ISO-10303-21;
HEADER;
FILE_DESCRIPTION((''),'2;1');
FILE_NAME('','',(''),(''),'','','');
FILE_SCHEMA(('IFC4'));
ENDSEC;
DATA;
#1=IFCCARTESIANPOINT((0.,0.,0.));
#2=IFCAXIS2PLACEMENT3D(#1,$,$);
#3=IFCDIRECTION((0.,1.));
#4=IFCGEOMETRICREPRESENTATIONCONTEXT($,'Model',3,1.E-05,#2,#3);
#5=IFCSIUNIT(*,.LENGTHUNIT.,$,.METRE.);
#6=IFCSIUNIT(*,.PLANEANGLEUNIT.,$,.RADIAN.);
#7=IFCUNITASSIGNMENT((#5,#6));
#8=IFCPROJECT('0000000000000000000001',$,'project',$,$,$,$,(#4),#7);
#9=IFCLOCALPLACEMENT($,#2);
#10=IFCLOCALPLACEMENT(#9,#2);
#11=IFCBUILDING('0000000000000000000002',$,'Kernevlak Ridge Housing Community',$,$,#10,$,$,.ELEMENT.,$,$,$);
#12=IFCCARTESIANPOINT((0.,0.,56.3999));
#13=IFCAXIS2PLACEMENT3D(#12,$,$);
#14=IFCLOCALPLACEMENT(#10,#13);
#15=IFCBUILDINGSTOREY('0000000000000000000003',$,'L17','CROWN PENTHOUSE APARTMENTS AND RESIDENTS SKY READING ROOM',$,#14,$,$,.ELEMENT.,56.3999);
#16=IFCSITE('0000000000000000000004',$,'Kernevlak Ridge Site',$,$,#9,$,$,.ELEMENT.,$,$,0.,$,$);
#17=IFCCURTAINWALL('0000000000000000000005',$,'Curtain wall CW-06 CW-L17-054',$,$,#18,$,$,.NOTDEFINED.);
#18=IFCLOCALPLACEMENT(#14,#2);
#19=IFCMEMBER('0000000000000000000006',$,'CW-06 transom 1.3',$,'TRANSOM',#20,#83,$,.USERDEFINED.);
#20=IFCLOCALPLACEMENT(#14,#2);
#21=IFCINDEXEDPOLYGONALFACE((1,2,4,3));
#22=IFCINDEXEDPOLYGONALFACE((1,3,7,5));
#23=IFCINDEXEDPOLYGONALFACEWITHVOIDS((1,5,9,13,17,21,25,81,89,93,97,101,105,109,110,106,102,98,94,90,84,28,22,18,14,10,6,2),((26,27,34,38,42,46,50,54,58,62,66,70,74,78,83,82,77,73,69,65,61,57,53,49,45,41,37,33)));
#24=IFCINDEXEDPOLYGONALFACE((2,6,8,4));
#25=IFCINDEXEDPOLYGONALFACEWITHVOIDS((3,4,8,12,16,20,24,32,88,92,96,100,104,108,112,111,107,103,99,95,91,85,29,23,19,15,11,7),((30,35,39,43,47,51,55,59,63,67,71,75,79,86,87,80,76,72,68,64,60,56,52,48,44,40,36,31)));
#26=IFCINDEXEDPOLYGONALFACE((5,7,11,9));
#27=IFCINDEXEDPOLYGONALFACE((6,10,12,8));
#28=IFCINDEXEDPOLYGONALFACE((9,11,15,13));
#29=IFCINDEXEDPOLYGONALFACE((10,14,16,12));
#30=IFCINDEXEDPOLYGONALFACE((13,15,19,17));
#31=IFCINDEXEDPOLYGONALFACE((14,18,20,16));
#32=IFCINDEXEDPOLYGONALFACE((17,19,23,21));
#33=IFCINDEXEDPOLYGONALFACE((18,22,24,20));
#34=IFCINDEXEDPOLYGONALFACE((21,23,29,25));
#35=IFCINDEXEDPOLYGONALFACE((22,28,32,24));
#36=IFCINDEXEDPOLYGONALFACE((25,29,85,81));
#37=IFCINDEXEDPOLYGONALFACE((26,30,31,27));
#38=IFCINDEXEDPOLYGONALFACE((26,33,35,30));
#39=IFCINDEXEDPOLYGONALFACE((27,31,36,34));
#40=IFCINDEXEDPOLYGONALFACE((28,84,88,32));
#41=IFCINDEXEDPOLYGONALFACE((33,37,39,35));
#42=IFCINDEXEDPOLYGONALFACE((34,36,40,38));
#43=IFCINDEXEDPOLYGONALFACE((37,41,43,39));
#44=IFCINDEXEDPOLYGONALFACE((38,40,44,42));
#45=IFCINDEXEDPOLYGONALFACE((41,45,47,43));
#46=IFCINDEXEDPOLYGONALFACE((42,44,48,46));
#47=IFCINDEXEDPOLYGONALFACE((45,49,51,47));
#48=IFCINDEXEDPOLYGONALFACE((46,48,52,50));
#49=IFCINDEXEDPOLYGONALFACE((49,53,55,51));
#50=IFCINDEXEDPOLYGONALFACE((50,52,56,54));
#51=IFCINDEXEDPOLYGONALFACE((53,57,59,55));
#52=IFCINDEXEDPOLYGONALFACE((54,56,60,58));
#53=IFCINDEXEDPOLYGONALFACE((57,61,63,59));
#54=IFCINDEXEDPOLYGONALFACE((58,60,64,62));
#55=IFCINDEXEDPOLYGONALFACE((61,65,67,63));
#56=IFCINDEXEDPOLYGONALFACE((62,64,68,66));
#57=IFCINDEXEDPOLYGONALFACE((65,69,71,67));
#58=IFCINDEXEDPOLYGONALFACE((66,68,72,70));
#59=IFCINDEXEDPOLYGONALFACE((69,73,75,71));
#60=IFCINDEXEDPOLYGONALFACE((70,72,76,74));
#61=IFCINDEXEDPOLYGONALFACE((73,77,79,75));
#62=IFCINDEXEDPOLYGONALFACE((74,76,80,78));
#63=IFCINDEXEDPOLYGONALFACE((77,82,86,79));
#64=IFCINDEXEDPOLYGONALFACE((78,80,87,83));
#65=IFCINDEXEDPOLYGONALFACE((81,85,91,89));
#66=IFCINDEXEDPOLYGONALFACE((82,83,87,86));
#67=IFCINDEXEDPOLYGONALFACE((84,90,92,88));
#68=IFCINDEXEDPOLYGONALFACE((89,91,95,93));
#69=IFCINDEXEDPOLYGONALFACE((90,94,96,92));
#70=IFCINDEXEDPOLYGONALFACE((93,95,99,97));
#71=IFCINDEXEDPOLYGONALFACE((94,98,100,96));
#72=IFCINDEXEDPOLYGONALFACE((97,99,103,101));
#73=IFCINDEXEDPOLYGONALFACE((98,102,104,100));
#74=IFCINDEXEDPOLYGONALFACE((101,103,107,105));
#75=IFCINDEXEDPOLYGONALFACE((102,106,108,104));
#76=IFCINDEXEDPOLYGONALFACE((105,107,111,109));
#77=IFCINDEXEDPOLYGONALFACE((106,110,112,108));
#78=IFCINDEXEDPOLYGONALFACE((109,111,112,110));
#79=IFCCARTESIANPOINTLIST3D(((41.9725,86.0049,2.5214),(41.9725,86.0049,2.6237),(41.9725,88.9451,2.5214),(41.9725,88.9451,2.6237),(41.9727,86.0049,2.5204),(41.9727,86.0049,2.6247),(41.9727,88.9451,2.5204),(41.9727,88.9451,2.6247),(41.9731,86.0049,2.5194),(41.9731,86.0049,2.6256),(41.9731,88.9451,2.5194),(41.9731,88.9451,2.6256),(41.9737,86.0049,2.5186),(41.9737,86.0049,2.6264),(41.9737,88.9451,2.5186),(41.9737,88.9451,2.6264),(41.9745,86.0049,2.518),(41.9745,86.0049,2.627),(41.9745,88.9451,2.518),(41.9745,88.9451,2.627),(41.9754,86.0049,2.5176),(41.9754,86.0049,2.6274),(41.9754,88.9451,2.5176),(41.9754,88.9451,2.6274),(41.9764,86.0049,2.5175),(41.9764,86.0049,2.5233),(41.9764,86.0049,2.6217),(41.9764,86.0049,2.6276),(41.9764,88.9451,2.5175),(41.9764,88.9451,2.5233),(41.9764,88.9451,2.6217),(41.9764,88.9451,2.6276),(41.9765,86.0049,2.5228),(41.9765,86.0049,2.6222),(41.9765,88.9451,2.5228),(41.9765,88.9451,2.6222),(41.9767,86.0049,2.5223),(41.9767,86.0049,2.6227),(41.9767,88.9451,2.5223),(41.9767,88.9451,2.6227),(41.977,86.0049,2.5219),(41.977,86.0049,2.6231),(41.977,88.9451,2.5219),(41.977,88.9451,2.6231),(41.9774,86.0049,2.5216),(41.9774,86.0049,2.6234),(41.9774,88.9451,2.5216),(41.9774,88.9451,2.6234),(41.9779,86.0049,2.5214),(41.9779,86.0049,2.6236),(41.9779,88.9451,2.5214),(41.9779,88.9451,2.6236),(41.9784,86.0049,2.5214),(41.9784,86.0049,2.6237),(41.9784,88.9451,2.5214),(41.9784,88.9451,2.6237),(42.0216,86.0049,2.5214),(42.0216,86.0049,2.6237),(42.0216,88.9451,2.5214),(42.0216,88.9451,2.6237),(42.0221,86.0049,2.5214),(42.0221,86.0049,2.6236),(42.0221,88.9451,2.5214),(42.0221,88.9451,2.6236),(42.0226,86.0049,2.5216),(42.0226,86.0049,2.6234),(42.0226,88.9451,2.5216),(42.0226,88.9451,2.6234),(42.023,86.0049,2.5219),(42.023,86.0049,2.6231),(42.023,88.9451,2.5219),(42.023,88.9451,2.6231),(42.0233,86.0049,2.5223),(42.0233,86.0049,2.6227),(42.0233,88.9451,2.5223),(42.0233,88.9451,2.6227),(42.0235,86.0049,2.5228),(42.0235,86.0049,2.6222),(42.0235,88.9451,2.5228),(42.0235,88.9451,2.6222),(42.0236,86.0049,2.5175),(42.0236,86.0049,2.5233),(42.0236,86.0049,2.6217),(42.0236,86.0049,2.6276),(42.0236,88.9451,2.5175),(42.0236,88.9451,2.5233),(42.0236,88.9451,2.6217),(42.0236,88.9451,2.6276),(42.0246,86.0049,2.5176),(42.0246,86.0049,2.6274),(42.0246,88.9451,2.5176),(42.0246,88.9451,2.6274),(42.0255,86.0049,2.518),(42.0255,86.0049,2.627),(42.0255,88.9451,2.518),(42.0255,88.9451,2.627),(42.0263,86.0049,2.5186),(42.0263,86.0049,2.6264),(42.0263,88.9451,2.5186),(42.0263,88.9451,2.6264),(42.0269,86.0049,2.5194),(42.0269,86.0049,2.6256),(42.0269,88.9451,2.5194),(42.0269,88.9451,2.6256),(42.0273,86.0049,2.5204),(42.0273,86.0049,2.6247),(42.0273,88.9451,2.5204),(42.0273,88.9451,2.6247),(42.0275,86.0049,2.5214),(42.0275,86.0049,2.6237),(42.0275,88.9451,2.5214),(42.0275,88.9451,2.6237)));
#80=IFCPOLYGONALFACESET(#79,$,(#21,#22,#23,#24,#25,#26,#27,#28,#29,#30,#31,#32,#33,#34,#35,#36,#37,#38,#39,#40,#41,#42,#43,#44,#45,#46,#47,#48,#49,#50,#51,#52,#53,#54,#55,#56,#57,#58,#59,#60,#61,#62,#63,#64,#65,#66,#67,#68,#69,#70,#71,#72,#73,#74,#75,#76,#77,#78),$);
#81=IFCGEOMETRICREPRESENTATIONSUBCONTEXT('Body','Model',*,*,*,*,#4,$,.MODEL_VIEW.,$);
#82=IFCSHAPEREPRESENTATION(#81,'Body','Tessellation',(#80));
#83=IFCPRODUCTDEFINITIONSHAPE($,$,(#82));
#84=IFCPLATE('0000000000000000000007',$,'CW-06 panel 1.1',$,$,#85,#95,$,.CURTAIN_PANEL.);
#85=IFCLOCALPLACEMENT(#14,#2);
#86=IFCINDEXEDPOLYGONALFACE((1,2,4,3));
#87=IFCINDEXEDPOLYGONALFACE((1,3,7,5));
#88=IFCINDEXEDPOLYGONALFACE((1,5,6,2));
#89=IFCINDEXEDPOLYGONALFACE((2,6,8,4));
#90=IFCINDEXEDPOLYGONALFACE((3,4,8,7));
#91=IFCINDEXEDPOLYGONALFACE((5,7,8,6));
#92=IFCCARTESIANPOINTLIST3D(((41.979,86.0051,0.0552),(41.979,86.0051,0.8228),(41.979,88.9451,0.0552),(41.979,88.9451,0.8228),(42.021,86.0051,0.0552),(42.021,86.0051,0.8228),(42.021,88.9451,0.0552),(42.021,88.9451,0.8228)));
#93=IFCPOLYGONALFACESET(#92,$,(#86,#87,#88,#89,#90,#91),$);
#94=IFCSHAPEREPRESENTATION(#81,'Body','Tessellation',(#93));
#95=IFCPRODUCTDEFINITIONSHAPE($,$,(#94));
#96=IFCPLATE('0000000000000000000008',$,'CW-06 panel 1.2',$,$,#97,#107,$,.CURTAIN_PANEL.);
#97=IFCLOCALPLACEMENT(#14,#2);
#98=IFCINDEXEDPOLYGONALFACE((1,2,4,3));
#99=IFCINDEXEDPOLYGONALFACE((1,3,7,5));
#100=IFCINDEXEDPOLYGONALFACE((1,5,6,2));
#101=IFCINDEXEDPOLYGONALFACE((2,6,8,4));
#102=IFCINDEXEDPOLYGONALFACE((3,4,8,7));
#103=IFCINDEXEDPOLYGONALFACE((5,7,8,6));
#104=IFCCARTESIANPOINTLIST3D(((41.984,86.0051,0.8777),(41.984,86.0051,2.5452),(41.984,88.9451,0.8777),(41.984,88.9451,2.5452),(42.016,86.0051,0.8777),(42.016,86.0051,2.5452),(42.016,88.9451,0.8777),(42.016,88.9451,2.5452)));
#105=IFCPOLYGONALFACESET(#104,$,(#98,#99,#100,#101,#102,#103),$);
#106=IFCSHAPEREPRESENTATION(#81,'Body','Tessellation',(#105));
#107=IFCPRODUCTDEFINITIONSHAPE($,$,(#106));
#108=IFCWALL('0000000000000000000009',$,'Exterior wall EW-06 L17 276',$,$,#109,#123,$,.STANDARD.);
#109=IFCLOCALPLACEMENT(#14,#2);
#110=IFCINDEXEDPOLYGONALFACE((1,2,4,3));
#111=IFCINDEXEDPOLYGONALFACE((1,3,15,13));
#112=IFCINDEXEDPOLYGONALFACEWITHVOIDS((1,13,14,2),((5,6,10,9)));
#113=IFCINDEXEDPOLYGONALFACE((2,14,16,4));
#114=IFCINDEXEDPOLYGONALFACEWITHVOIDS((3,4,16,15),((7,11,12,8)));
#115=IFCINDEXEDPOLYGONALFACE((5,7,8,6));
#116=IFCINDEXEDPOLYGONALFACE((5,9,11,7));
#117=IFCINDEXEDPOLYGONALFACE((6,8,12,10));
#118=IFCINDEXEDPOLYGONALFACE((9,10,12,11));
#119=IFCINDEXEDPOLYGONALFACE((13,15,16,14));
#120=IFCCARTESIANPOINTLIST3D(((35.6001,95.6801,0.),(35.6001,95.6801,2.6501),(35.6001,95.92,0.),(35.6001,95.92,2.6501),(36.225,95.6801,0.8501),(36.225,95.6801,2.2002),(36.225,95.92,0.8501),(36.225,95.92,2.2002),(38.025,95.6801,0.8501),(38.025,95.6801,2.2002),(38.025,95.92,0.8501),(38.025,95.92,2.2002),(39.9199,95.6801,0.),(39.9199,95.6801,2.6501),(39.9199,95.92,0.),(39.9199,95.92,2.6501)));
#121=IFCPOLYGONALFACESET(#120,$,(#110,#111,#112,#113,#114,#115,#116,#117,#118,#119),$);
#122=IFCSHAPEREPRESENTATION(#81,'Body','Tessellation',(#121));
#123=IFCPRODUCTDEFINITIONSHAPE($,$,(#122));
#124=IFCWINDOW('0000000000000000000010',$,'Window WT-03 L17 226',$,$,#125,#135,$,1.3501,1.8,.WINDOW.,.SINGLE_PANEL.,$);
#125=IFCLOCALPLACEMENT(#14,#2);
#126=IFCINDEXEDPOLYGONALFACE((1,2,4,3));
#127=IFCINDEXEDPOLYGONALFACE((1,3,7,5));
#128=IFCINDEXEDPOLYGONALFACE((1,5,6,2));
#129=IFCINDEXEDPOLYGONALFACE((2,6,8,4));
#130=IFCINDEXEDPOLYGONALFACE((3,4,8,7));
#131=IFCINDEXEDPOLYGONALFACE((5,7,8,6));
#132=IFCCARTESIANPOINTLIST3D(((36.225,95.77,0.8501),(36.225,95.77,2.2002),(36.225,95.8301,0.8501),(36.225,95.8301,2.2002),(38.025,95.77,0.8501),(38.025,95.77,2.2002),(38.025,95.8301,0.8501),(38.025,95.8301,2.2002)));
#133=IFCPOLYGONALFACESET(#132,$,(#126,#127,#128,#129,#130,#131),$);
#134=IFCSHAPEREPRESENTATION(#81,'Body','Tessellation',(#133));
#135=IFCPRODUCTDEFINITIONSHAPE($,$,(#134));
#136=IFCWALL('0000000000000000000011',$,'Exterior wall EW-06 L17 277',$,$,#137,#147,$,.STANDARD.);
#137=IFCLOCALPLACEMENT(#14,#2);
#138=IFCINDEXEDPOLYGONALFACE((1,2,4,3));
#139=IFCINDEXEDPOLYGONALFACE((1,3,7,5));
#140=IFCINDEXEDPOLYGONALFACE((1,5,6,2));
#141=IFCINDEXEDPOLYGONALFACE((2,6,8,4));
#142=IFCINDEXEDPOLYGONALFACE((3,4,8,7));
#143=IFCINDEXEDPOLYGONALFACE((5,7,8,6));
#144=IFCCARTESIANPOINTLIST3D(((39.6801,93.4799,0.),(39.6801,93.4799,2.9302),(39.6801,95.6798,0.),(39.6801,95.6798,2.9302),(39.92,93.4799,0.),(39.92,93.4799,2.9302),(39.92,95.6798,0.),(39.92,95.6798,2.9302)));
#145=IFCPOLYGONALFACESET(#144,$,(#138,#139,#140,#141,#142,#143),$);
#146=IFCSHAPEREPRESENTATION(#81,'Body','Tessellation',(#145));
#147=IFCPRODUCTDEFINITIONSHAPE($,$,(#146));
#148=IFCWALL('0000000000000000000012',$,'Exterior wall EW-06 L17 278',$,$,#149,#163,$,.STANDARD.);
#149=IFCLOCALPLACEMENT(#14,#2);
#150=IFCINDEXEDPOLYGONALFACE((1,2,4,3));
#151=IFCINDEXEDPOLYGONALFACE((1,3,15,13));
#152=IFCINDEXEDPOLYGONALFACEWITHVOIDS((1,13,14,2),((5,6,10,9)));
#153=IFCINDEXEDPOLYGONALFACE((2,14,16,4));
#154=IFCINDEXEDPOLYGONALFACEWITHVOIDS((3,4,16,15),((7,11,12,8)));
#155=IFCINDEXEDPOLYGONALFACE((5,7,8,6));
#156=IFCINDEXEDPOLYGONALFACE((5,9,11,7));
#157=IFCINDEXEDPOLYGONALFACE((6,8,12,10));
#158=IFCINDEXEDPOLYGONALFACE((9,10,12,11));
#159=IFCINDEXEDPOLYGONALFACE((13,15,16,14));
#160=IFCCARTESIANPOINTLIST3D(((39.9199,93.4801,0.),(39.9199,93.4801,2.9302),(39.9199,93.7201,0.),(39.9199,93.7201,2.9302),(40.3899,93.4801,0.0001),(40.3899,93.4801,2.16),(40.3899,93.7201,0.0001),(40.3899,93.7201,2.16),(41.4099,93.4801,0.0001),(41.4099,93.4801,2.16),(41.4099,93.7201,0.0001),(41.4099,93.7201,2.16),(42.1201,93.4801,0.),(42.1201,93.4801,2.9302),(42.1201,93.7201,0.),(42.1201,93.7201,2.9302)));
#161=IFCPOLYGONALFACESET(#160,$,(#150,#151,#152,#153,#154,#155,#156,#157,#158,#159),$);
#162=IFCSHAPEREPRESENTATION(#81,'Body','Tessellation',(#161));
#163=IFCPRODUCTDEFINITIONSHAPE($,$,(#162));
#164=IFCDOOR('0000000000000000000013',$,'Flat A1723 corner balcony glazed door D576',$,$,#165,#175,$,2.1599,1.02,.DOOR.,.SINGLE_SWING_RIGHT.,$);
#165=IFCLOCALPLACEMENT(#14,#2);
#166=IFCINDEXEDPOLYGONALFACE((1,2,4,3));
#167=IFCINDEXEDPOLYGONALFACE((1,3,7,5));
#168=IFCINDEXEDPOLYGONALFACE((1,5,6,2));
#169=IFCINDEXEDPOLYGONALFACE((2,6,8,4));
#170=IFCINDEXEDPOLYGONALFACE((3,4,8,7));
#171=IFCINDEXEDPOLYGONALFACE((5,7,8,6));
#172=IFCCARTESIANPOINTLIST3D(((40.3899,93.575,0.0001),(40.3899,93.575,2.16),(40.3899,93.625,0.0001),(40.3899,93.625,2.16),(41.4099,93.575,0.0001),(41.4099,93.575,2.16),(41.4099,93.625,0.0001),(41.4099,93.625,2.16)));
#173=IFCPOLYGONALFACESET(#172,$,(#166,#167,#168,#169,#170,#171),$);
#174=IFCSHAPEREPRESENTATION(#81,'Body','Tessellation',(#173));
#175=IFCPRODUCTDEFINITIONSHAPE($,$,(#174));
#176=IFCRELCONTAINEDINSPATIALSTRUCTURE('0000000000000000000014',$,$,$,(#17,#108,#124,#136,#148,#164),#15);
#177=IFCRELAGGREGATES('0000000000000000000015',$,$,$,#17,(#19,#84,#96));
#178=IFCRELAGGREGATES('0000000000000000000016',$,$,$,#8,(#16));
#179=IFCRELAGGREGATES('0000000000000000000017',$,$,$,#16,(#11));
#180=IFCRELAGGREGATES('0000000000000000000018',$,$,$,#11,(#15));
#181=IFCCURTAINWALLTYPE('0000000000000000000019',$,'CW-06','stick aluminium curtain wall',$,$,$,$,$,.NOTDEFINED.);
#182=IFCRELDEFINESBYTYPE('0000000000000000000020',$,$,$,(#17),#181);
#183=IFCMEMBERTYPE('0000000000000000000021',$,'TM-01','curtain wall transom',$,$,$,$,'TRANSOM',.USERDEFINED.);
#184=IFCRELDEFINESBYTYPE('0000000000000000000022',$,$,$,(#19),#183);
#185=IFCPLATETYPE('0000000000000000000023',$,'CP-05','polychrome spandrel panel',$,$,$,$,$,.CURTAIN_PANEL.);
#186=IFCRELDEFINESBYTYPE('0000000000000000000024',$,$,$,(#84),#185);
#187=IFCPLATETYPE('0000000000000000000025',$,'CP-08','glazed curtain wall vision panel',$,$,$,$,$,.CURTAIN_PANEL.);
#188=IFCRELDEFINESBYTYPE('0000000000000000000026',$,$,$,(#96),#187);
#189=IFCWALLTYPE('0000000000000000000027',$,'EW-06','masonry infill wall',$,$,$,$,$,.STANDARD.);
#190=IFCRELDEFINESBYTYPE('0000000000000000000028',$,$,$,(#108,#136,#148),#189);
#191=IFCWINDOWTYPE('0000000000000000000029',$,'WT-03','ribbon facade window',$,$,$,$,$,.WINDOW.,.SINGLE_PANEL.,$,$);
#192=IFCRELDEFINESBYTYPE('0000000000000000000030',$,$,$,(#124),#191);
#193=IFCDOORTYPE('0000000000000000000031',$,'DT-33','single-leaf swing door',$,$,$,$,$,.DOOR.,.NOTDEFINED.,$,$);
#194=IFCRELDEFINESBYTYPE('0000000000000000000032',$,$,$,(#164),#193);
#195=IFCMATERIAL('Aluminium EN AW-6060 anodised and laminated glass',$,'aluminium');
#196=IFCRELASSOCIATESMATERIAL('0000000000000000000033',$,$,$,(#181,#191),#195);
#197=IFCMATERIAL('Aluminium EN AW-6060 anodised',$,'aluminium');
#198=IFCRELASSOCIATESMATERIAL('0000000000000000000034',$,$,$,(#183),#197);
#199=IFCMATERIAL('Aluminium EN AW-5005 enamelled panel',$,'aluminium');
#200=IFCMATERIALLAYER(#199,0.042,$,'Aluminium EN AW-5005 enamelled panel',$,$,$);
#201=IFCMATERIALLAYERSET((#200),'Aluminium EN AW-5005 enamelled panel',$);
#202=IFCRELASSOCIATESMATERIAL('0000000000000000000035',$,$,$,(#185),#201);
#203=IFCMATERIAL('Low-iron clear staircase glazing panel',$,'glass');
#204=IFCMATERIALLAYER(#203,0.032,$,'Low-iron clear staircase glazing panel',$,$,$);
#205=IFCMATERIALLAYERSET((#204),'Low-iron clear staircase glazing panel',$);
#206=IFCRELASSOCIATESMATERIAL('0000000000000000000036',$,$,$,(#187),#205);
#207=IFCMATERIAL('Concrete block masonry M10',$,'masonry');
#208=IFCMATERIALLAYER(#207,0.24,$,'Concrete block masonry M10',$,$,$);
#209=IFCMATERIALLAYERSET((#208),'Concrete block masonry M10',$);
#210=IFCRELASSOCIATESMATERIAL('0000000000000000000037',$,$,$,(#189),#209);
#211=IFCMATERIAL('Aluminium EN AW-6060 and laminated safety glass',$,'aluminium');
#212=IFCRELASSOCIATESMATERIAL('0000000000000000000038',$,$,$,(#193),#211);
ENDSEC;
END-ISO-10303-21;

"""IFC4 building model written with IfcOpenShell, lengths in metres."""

from ifc_helpers import new_model, si_unit, direction, frame, frame_2d, origin, origin_2d, place, context, subcontext, project, spatial, rectangle, hollow_rectangle, extrude, material, layer, layer_set, material_profile, profile_set, type_object, element, fill, aggregate, save


model = new_model("IFC4")

# Units and contexts
model_context = context("Model", 3, precision=1e-05, world=origin(), true_north=direction((0.0, 1.0)))
body_context = subcontext(model_context, "Body", "Model", "MODEL_VIEW")
ifc_project = project(units=[si_unit("LENGTHUNIT", "METRE"), si_unit("PLANEANGLEUNIT", "RADIAN")], contexts=[model_context])

# Site, building, storey
site_placement = place(None, origin())
site = spatial("IfcSite", under=ifc_project, at=site_placement, Name="Kernevlak Ridge Site", CompositionType="ELEMENT", RefElevation=0.0)
building_placement = place(site_placement, origin())
building = spatial("IfcBuilding", under=site, at=building_placement, Name="Kernevlak Ridge Housing Community", CompositionType="ELEMENT")
storey_placement = place(building_placement, frame((0.0, 0.0, 56.3999)))
storey = spatial("IfcBuildingStorey", under=building, at=storey_placement, Name="L17", Description="CROWN PENTHOUSE APARTMENTS AND RESIDENTS SKY READING ROOM", CompositionType="ELEMENT", Elevation=56.3999)

# Curtain wall
ifc_material_1 = material(Name="Aluminium EN AW-6060 anodised and laminated glass", Category="aluminium")
curtain_wall_type = type_object("IfcCurtainWallType", Name="CW-06", Description="stick aluminium curtain wall", PredefinedType="NOTDEFINED", material=ifc_material_1)
curtain_wall_placement = place(storey_placement, origin())
curtain_wall = element("IfcCurtainWall", 1, at=curtain_wall_placement, inside=storey, type_object=curtain_wall_type, Name="Curtain wall CW-06 CW-L17-054", PredefinedType="NOTDEFINED")
ifc_material_2 = material(Name="Aluminium EN AW-6060 anodised", Category="aluminium")

# Member
ifc_material_profile_1 = material_profile(ifc_material_2, hollow_rectangle(XDim=0.0549, YDim=0.1101, WallThickness=0.0039, InnerFilletRadius=0.002, OuterFilletRadius=0.0039, at=origin_2d()), Name="ALU 55x110x4")
ifc_profile_set_1 = profile_set([ifc_material_profile_1], Name="Aluminium EN AW-6060 anodised")
member_type_1 = type_object("IfcMemberType", Name="TM-01", Description="curtain wall transom", ElementType="TRANSOM", PredefinedType="USERDEFINED", material=ifc_profile_set_1)
member_1_placement = place(storey_placement, frame((42.0, 86.0049, 2.5725), z_axis=(0.0, 1.0, 0.0), x_axis=(-1.0, 0.0, 0.0)))
member_1 = element("IfcMember", 2, at=member_1_placement, type_object=member_type_1, Name="CW-06 transom 1.3", ObjectType="TRANSOM", PredefinedType="USERDEFINED", context=body_context, shape_type="SweptSolid", body=[
    extrude(hollow_rectangle(XDim=0.0549, YDim=0.1101, WallThickness=0.0039, InnerFilletRadius=0.002, OuterFilletRadius=0.0039, at=origin_2d()), origin(), (0.0, 0.0, 1.0), 2.9402),
])

# Plates
ifc_material_3 = material(Name="Aluminium EN AW-5005 enamelled panel", Category="aluminium")
ifc_layer_1 = layer(ifc_material_3, 0.042, Name="Aluminium EN AW-5005 enamelled panel")
ifc_layer_set_1 = layer_set([ifc_layer_1], Name="Aluminium EN AW-5005 enamelled panel")
plate_type_1 = type_object("IfcPlateType", Name="CP-05", Description="polychrome spandrel panel", PredefinedType="CURTAIN_PANEL", material=ifc_layer_set_1)
plate_1_placement = place(storey_placement, frame((42.0, 87.4751, 0.0552), z_axis=(0.0, 0.0, 1.0), x_axis=(0.0, 1.0, 0.0)))
plate_1 = element("IfcPlate", 3, at=plate_1_placement, type_object=plate_type_1, Name="CW-06 panel 1.1", PredefinedType="CURTAIN_PANEL", context=body_context, shape_type="SweptSolid", body=[
    extrude(rectangle(XDim=2.9399, YDim=0.042, at=origin_2d()), origin(), (0.0, 0.0, 1.0), 0.7676),
])
ifc_material_4 = material(Name="Low-iron clear staircase glazing panel", Category="glass")
ifc_layer_2 = layer(ifc_material_4, 0.032, Name="Low-iron clear staircase glazing panel")
ifc_layer_set_2 = layer_set([ifc_layer_2], Name="Low-iron clear staircase glazing panel")
plate_type_2 = type_object("IfcPlateType", Name="CP-08", Description="glazed curtain wall vision panel", PredefinedType="CURTAIN_PANEL", material=ifc_layer_set_2)
plate_2_placement = place(storey_placement, frame((42.0, 87.4751, 0.8777), z_axis=(0.0, 0.0, 1.0), x_axis=(0.0, 1.0, 0.0)))
plate_2 = element("IfcPlate", 4, at=plate_2_placement, type_object=plate_type_2, Name="CW-06 panel 1.2", PredefinedType="CURTAIN_PANEL", context=body_context, shape_type="SweptSolid", body=[
    extrude(rectangle(XDim=2.9399, YDim=0.032, at=origin_2d()), origin(), (0.0, 0.0, 1.0), 1.6675),
])
aggregate(curtain_wall, [member_1, plate_1, plate_2])

# Wall, opening, window
ifc_material_5 = material(Name="Concrete block masonry M10", Category="masonry")
ifc_layer_3 = layer(ifc_material_5, 0.24, Name="Concrete block masonry M10")
ifc_layer_set_3 = layer_set([ifc_layer_3], Name="Concrete block masonry M10")
wall_type_1 = type_object("IfcWallType", Name="EW-06", Description="masonry infill wall", PredefinedType="STANDARD", material=ifc_layer_set_3)
wall_1_placement = place(storey_placement, frame((35.6001, 95.8, 0.0), z_axis=(0.0, 0.0, 1.0), x_axis=(1.0, 0.0, 0.0)))
wall_1 = element("IfcWall", 5, at=wall_1_placement, inside=storey, type_object=wall_type_1, Name="Exterior wall EW-06 L17 276", PredefinedType="STANDARD", context=body_context, shape_type="SweptSolid", body=[
    extrude(rectangle(XDim=4.3198, YDim=0.24, at=frame_2d((2.1599, 0.0))), origin(), (0.0, 0.0, 1.0), 2.6501),
])
opening_1_placement = place(wall_1_placement, frame((0.625, 0.0, 0.8501)))
opening_1 = element("IfcOpeningElement", 6, at=opening_1_placement, cuts=wall_1, PredefinedType="OPENING", context=body_context, shape_type="SweptSolid", body=[
    extrude(rectangle(XDim=1.8, YDim=1.3501, at=frame_2d((0.8999, 0.675))), frame((0.0, 0.1299, 0.0), z_axis=(0.0, -1.0, 0.0), x_axis=(1.0, 0.0, 0.0)), (0.0, 0.0, 1.0), 0.26),
])
window_type = type_object("IfcWindowType", Name="WT-03", Description="ribbon facade window", PartitioningType="SINGLE_PANEL", PredefinedType="WINDOW", material=ifc_material_1)
window_placement = place(opening_1_placement, origin())
window = element("IfcWindow", 7, at=window_placement, inside=storey, type_object=window_type, Name="Window WT-03 L17 226", OverallHeight=1.3501, OverallWidth=1.8, PartitioningType="SINGLE_PANEL", PredefinedType="WINDOW", context=body_context, shape_type="SweptSolid", body=[
    extrude(rectangle(XDim=1.8, YDim=1.3501, at=frame_2d((0.8999, 0.675))), frame((0.0, 0.03, 0.0), z_axis=(0.0, -1.0, 0.0), x_axis=(1.0, 0.0, 0.0)), (0.0, 0.0, 1.0), 0.0601),
])
fill(opening_1, window)

# Wall
wall_2_placement = place(storey_placement, frame((39.8, 95.6799, 0.0), z_axis=(0.0, 0.0, 1.0), x_axis=(0.0, -1.0, 0.0)))
element("IfcWall", 8, at=wall_2_placement, inside=storey, type_object=wall_type_1, Name="Exterior wall EW-06 L17 277", PredefinedType="STANDARD", context=body_context, shape_type="SweptSolid", body=[
    extrude(rectangle(XDim=2.2, YDim=0.24, at=frame_2d((1.1001, 0.0))), origin(), (0.0, 0.0, 1.0), 2.9302),
])

# Wall, opening, door
wall_3_placement = place(storey_placement, frame((39.9199, 93.6001, 0.0), z_axis=(0.0, 0.0, 1.0), x_axis=(1.0, 0.0, 0.0)))
wall_3 = element("IfcWall", 9, at=wall_3_placement, inside=storey, type_object=wall_type_1, Name="Exterior wall EW-06 L17 278", PredefinedType="STANDARD", context=body_context, shape_type="SweptSolid", body=[
    extrude(rectangle(XDim=2.2002, YDim=0.24, at=frame_2d((1.1001, 0.0))), origin(), (0.0, 0.0, 1.0), 2.9302),
])
opening_2_placement = place(wall_3_placement, frame((0.47, 0.0, 0.0)))
opening_2 = element("IfcOpeningElement", 10, at=opening_2_placement, cuts=wall_3, PredefinedType="OPENING", context=body_context, shape_type="SweptSolid", body=[
    extrude(rectangle(XDim=1.02, YDim=2.1599, at=frame_2d((0.51, 1.0801))), frame((0.0, 0.1299, 0.0), z_axis=(0.0, -1.0, 0.0), x_axis=(1.0, 0.0, 0.0)), (0.0, 0.0, 1.0), 0.26),
])
ifc_material_6 = material(Name="Aluminium EN AW-6060 and laminated safety glass", Category="aluminium")
door_type_1 = type_object("IfcDoorType", Name="DT-33", Description="single-leaf swing door", OperationType="NOTDEFINED", PredefinedType="DOOR", material=ifc_material_6)
door_1_placement = place(opening_2_placement, origin())
door_1 = element("IfcDoor", 11, at=door_1_placement, inside=storey, type_object=door_type_1, Name="Flat A1723 corner balcony glazed door D576", OperationType="SINGLE_SWING_RIGHT", OverallHeight=2.1599, OverallWidth=1.02, PredefinedType="DOOR", context=body_context, shape_type="SweptSolid", body=[
    extrude(rectangle(XDim=1.02, YDim=2.1599, at=frame_2d((0.51, 1.0801))), frame((0.0, 0.0249, 0.0), z_axis=(0.0, -1.0, 0.0), x_axis=(1.0, 0.0, 0.0)), (0.0, 0.0, 1.0), 0.05),
])
fill(opening_2, door_1)

save(model, "model.ifc")
